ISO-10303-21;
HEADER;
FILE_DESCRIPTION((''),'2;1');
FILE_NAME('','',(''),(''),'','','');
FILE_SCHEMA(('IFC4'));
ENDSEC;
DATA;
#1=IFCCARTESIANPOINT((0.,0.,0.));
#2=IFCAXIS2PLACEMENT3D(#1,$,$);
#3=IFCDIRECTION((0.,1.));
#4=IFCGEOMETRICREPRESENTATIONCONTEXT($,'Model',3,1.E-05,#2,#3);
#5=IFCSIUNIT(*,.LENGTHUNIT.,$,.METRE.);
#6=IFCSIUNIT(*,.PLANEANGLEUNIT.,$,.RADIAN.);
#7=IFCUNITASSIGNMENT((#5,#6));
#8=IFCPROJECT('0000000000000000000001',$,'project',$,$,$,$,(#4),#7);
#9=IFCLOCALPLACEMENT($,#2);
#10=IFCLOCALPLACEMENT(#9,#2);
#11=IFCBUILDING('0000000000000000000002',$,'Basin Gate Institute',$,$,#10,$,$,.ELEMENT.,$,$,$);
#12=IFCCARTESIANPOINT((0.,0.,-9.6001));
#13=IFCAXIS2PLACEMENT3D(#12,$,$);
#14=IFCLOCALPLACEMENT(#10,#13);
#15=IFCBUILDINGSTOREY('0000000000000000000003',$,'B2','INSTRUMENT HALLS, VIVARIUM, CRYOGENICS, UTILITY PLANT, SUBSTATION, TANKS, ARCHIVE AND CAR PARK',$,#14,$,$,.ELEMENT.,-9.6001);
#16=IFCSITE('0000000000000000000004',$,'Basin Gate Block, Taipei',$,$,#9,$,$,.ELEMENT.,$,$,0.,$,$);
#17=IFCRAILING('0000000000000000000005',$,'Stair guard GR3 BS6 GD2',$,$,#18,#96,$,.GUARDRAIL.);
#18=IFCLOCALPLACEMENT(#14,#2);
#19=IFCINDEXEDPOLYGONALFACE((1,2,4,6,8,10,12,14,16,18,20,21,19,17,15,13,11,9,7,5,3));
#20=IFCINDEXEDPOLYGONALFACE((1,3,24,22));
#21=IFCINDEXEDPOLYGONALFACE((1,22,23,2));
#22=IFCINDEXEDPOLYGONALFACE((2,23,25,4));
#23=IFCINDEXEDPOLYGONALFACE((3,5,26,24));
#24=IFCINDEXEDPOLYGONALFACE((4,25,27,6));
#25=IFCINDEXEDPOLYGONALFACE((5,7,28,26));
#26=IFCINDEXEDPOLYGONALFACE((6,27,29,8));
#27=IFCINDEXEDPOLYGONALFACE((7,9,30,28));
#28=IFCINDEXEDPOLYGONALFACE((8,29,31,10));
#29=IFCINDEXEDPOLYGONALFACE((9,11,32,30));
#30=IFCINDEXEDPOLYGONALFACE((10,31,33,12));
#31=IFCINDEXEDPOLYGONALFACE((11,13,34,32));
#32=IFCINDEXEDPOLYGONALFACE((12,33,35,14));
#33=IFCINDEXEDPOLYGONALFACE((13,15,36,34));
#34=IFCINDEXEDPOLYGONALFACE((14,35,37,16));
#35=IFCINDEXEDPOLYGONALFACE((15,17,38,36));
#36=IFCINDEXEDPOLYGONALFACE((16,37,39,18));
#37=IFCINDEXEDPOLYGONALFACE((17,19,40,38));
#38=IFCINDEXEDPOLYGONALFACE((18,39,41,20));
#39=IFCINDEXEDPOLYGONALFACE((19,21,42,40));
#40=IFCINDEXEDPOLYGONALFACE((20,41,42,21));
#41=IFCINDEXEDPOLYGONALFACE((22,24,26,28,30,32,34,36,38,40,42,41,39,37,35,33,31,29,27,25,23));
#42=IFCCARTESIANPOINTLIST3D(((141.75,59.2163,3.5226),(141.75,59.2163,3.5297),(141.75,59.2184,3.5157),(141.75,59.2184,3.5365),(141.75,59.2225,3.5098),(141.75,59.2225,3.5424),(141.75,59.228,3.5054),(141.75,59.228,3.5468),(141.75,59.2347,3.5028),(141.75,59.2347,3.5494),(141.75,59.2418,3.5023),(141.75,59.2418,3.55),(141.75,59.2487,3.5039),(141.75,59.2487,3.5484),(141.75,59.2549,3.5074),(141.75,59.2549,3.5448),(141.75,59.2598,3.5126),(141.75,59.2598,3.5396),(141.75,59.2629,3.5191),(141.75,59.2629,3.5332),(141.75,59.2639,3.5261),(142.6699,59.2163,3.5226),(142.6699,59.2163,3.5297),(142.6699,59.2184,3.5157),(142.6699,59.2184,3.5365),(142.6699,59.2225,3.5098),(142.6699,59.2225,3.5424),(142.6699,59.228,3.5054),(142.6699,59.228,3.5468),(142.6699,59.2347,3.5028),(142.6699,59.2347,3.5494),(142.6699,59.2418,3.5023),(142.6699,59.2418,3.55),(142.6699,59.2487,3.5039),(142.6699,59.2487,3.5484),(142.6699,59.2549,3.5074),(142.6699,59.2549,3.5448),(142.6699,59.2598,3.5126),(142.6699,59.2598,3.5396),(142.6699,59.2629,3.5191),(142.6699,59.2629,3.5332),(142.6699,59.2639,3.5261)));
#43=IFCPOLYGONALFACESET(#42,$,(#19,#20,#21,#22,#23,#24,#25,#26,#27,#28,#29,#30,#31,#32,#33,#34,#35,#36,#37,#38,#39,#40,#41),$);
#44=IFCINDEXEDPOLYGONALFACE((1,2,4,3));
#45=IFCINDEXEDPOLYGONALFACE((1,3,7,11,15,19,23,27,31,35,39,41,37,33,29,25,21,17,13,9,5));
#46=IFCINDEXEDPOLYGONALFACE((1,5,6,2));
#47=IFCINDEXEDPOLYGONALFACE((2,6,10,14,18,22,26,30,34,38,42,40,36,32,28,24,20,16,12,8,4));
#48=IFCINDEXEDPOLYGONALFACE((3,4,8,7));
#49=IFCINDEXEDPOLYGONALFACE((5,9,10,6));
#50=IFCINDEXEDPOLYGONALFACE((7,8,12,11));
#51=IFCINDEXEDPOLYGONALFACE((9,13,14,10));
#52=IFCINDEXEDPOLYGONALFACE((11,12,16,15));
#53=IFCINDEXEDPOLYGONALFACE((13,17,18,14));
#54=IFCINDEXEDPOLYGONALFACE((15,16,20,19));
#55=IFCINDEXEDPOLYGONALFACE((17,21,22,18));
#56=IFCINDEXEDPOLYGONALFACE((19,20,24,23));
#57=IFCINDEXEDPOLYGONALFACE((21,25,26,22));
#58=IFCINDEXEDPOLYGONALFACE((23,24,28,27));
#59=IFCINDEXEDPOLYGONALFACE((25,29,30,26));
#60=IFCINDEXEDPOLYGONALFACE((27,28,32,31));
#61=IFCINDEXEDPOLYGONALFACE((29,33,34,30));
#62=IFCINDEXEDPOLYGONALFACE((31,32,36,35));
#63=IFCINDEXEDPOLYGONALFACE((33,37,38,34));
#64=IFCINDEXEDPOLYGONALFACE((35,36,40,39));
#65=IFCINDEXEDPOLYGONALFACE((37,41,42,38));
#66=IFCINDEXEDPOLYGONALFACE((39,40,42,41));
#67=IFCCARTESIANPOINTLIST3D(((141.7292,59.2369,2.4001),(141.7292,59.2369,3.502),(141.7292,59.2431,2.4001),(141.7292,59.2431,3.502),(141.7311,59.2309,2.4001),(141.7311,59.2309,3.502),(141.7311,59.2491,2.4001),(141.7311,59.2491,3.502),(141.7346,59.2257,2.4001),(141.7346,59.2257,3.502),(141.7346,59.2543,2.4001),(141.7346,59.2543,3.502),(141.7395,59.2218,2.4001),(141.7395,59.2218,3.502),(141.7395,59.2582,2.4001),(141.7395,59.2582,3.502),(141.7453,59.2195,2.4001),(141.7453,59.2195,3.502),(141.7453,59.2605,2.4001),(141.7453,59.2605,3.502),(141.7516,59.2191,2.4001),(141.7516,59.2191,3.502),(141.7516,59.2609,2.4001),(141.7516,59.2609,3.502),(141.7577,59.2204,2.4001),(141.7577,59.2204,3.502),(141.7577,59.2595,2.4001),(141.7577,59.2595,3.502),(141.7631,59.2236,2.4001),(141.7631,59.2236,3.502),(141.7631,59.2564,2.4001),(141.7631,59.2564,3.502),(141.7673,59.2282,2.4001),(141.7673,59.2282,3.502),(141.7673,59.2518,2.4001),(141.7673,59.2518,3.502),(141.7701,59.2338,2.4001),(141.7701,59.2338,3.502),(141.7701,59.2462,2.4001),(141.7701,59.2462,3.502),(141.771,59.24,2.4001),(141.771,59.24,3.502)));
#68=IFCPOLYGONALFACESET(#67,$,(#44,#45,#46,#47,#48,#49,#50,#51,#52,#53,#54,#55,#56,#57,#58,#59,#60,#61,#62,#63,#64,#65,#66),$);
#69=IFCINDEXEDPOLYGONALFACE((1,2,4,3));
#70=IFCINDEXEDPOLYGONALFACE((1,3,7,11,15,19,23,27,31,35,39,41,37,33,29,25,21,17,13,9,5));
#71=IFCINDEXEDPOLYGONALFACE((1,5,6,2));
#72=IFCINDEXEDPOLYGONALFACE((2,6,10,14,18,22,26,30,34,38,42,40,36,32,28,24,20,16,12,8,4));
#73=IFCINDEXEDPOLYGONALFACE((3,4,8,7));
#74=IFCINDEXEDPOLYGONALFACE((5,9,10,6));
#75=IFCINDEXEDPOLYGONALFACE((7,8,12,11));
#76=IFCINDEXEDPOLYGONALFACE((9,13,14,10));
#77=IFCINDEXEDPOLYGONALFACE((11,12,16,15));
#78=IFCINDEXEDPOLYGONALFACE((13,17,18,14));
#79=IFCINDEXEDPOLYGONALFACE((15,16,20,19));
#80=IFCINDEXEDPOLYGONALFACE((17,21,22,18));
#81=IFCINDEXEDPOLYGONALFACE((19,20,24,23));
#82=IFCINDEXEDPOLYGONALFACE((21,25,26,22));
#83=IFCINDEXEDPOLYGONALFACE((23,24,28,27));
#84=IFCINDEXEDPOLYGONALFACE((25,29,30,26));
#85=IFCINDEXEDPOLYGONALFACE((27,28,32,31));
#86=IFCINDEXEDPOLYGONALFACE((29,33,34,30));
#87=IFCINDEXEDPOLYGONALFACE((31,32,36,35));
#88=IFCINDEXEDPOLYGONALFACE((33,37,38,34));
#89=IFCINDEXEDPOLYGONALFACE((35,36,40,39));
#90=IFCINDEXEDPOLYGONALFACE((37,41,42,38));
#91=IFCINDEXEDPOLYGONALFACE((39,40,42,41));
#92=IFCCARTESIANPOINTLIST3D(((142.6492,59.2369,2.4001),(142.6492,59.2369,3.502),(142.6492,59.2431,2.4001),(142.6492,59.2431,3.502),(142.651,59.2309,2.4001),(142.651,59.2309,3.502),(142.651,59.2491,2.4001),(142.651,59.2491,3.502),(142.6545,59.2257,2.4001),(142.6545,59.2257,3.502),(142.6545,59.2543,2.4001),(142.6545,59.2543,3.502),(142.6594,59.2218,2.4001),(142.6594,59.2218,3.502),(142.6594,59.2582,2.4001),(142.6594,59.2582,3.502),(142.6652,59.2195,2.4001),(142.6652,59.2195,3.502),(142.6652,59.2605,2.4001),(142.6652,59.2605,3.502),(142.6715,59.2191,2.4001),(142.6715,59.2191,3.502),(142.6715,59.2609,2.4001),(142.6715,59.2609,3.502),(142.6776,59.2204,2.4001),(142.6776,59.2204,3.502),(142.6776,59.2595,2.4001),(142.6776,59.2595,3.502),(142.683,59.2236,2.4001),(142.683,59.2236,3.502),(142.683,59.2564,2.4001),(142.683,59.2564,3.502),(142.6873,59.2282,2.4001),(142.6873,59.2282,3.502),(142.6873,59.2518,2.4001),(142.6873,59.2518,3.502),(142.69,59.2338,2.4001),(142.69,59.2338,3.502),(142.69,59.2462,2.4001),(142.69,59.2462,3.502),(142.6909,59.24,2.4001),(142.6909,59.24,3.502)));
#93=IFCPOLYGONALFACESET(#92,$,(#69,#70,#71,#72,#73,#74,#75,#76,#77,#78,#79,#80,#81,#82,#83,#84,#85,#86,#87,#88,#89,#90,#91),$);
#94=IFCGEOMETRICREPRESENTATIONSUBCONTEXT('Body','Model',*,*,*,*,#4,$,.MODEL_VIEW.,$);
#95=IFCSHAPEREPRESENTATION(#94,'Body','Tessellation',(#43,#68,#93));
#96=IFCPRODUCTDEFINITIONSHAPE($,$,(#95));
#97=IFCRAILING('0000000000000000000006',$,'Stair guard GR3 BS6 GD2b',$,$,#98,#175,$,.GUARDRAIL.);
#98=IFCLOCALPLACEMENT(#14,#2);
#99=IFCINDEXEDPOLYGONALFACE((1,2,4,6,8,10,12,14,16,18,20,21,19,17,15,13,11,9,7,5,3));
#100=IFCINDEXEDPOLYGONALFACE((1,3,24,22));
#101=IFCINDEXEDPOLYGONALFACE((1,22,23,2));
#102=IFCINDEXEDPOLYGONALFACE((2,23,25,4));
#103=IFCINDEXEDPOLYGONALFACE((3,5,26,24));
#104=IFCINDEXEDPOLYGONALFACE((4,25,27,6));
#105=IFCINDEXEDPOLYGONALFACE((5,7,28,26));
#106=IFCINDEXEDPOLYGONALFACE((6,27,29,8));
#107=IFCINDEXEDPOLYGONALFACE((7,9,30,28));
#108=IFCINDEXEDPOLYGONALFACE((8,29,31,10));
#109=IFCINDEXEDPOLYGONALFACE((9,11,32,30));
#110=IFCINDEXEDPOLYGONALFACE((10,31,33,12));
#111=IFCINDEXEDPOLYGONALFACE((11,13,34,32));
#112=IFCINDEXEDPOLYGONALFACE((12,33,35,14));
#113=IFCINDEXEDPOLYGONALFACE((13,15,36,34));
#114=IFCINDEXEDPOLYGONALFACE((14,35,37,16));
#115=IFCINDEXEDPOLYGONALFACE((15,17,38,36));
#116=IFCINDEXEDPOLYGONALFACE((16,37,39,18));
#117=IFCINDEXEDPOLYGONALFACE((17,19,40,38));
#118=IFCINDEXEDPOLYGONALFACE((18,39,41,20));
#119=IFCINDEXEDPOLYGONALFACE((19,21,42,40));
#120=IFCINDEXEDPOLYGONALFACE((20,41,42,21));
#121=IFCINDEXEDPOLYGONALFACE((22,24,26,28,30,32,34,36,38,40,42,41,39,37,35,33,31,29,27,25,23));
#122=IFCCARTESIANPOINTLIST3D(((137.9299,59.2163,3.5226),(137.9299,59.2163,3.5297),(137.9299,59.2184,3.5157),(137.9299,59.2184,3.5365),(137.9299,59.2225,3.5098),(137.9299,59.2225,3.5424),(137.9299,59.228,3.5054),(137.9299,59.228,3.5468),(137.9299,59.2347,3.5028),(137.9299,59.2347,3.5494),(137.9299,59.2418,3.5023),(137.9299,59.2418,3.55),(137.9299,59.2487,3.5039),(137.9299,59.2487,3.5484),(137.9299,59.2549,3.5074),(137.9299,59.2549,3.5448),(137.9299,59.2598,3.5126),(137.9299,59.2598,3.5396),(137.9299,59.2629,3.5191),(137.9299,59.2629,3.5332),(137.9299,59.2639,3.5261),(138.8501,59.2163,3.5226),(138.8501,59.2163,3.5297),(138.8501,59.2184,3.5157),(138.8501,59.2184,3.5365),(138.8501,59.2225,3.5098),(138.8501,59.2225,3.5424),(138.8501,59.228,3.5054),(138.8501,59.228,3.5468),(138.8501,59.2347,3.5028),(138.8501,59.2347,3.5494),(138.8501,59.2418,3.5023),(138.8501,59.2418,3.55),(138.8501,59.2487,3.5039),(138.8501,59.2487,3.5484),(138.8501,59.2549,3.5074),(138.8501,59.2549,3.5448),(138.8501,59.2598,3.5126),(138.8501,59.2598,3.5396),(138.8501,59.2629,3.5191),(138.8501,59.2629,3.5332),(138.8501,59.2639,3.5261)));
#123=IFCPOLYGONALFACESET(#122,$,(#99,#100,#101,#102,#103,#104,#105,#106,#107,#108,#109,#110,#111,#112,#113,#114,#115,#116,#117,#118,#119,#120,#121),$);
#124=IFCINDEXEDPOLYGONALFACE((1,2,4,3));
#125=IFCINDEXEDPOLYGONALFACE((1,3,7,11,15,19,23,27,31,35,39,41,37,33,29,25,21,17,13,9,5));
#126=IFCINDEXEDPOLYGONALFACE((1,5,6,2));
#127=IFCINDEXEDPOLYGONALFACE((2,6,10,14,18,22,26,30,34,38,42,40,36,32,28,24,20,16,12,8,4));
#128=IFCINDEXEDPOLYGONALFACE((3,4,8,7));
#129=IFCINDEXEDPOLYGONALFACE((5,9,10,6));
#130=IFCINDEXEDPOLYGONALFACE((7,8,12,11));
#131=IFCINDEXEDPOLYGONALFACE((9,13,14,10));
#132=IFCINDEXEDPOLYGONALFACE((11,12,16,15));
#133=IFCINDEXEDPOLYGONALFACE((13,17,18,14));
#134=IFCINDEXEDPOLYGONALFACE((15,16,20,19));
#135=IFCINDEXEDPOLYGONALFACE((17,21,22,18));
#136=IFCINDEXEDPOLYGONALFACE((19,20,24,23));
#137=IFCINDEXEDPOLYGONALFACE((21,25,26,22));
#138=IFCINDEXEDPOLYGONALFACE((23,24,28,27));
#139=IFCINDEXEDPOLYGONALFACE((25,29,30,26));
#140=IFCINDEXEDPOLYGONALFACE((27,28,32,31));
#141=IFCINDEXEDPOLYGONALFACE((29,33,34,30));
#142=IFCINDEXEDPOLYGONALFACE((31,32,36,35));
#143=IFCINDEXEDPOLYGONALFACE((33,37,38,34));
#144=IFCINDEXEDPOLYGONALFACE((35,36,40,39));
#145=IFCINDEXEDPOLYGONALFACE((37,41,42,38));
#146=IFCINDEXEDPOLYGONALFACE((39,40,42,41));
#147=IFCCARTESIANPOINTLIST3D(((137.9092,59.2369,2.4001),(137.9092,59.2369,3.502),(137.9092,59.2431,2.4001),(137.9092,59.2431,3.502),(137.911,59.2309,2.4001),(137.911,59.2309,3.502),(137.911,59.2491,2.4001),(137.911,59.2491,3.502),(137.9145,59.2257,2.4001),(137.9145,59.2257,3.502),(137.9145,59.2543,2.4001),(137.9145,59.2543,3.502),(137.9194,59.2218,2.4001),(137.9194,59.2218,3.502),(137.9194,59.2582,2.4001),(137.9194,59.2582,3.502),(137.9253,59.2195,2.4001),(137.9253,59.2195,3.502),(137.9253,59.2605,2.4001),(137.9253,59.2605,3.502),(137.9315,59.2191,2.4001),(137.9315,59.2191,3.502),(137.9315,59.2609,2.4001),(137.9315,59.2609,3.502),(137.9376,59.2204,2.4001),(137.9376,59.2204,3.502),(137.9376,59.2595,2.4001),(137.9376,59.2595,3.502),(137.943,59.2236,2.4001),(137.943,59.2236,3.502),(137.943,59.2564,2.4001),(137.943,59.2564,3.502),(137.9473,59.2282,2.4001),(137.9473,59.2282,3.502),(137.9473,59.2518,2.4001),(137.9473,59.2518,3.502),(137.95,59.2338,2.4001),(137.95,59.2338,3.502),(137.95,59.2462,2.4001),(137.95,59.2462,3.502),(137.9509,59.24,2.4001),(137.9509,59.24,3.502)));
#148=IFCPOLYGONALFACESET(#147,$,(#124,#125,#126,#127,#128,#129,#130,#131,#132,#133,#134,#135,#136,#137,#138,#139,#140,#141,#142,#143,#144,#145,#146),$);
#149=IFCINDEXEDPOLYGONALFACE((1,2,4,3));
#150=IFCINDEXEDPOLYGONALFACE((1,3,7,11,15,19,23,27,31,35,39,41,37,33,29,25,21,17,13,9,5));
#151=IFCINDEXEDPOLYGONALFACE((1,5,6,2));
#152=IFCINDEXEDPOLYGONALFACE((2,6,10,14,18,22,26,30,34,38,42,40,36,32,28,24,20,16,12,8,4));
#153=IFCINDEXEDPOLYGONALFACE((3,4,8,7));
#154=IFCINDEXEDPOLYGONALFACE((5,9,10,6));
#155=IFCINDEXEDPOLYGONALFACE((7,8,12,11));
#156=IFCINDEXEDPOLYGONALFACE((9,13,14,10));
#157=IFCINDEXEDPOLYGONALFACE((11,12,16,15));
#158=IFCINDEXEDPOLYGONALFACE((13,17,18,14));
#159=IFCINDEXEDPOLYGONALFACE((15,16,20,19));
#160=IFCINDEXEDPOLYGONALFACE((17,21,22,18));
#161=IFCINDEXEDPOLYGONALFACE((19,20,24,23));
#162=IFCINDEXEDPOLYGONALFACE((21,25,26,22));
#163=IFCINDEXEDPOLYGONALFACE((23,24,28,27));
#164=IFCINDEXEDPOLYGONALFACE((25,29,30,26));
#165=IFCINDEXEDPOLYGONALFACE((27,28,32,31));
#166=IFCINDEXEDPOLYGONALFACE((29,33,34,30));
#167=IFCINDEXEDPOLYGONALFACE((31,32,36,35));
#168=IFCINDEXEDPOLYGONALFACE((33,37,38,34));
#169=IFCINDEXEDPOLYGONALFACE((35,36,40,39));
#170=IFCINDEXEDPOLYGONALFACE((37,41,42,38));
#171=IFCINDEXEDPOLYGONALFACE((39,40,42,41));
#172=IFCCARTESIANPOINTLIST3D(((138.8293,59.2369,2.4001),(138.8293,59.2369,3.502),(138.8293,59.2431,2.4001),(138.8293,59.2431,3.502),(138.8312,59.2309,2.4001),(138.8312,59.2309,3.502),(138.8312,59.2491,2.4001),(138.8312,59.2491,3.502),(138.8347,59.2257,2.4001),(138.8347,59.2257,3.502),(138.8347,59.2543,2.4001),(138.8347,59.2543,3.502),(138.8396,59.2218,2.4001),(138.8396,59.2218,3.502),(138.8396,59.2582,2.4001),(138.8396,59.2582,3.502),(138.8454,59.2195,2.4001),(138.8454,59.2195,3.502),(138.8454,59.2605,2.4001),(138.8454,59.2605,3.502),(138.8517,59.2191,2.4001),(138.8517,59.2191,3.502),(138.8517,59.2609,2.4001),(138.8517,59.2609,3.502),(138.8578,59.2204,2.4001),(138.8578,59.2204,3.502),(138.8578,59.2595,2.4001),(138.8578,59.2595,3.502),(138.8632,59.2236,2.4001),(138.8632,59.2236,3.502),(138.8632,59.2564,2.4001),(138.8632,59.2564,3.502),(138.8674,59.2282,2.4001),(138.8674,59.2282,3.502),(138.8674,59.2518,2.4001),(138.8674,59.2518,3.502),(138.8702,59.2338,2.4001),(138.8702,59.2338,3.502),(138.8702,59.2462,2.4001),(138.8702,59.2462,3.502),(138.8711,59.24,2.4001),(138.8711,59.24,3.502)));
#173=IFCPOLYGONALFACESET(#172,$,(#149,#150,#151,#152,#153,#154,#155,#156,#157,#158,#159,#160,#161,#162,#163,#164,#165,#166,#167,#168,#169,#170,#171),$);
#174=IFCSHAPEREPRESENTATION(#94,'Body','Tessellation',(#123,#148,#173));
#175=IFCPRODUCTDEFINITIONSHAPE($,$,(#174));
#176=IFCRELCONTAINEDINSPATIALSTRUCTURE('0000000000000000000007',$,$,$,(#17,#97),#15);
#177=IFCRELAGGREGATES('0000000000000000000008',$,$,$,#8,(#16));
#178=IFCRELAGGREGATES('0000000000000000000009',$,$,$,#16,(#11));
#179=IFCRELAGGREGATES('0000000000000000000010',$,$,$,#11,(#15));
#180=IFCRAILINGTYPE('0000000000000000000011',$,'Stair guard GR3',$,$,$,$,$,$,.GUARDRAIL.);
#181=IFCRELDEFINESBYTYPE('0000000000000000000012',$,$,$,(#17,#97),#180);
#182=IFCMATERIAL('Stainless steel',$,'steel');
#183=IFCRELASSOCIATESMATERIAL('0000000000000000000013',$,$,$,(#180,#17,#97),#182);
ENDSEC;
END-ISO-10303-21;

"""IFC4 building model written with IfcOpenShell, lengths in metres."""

from ifc_helpers import new_model, si_unit, direction, frame, origin, origin_2d, place, context, subcontext, project, spatial, circle, extrude, material, type_object, element, save


model = new_model("IFC4")

# Units and contexts
model_context = context("Model", 3, precision=1e-05, world=origin(), true_north=direction((0.0, 1.0)))
body_context = subcontext(model_context, "Body", "Model", "MODEL_VIEW")
ifc_project = project(units=[si_unit("LENGTHUNIT", "METRE"), si_unit("PLANEANGLEUNIT", "RADIAN")], contexts=[model_context])

# Site, building, storey
site_placement = place(None, origin())
site = spatial("IfcSite", under=ifc_project, at=site_placement, Name="Basin Gate Block, Taipei", CompositionType="ELEMENT", RefElevation=0.0)
building_placement = place(site_placement, origin())
building = spatial("IfcBuilding", under=site, at=building_placement, Name="Basin Gate Institute", CompositionType="ELEMENT")
storey_placement = place(building_placement, frame((0.0, 0.0, -9.6001)))
storey = spatial("IfcBuildingStorey", under=building, at=storey_placement, Name="B2", Description="INSTRUMENT HALLS, VIVARIUM, CRYOGENICS, UTILITY PLANT, SUBSTATION, TANKS, ARCHIVE AND CAR PARK", CompositionType="ELEMENT", Elevation=-9.6001)

# Railings
ifc_material_1 = material(Name="Stainless steel", Category="steel")
railing_type_1 = type_object("IfcRailingType", Name="Stair guard GR3", PredefinedType="GUARDRAIL", material=ifc_material_1)
railing_1_placement = place(storey_placement, frame((141.75, 59.24, 2.4001)))
element("IfcRailing", 1, at=railing_1_placement, inside=storey, type_object=railing_type_1, material=ifc_material_1, Name="Stair guard GR3 BS6 GD2", PredefinedType="GUARDRAIL", context=body_context, shape_type="SweptSolid", body=[
    extrude(circle(Radius=0.0239, at=origin_2d()), frame((0.0, 0.0, 1.126), z_axis=(1.0, 0.0, 0.0), x_axis=(0.0, 1.0, 0.0)), (0.0, 0.0, 1.0), 0.9199),
    extrude(circle(Radius=0.021, at=origin_2d()), origin(), (0.0, 0.0, 1.0), 1.1018),
    extrude(circle(Radius=0.021, at=origin_2d()), frame((0.9199, 0.0, 0.0)), (0.0, 0.0, 1.0), 1.1018),
])
railing_2_placement = place(storey_placement, frame((137.9299, 59.24, 2.4001)))
element("IfcRailing", 2, at=railing_2_placement, inside=storey, type_object=railing_type_1, material=ifc_material_1, Name="Stair guard GR3 BS6 GD2b", PredefinedType="GUARDRAIL", context=body_context, shape_type="SweptSolid", body=[
    extrude(circle(Radius=0.0239, at=origin_2d()), frame((0.0, 0.0, 1.126), z_axis=(1.0, 0.0, 0.0), x_axis=(0.0, 1.0, 0.0)), (0.0, 0.0, 1.0), 0.9202),
    extrude(circle(Radius=0.021, at=origin_2d()), origin(), (0.0, 0.0, 1.0), 1.1018),
    extrude(circle(Radius=0.021, at=origin_2d()), frame((0.9202, 0.0, 0.0)), (0.0, 0.0, 1.0), 1.1018),
])

save(model, "model.ifc")
